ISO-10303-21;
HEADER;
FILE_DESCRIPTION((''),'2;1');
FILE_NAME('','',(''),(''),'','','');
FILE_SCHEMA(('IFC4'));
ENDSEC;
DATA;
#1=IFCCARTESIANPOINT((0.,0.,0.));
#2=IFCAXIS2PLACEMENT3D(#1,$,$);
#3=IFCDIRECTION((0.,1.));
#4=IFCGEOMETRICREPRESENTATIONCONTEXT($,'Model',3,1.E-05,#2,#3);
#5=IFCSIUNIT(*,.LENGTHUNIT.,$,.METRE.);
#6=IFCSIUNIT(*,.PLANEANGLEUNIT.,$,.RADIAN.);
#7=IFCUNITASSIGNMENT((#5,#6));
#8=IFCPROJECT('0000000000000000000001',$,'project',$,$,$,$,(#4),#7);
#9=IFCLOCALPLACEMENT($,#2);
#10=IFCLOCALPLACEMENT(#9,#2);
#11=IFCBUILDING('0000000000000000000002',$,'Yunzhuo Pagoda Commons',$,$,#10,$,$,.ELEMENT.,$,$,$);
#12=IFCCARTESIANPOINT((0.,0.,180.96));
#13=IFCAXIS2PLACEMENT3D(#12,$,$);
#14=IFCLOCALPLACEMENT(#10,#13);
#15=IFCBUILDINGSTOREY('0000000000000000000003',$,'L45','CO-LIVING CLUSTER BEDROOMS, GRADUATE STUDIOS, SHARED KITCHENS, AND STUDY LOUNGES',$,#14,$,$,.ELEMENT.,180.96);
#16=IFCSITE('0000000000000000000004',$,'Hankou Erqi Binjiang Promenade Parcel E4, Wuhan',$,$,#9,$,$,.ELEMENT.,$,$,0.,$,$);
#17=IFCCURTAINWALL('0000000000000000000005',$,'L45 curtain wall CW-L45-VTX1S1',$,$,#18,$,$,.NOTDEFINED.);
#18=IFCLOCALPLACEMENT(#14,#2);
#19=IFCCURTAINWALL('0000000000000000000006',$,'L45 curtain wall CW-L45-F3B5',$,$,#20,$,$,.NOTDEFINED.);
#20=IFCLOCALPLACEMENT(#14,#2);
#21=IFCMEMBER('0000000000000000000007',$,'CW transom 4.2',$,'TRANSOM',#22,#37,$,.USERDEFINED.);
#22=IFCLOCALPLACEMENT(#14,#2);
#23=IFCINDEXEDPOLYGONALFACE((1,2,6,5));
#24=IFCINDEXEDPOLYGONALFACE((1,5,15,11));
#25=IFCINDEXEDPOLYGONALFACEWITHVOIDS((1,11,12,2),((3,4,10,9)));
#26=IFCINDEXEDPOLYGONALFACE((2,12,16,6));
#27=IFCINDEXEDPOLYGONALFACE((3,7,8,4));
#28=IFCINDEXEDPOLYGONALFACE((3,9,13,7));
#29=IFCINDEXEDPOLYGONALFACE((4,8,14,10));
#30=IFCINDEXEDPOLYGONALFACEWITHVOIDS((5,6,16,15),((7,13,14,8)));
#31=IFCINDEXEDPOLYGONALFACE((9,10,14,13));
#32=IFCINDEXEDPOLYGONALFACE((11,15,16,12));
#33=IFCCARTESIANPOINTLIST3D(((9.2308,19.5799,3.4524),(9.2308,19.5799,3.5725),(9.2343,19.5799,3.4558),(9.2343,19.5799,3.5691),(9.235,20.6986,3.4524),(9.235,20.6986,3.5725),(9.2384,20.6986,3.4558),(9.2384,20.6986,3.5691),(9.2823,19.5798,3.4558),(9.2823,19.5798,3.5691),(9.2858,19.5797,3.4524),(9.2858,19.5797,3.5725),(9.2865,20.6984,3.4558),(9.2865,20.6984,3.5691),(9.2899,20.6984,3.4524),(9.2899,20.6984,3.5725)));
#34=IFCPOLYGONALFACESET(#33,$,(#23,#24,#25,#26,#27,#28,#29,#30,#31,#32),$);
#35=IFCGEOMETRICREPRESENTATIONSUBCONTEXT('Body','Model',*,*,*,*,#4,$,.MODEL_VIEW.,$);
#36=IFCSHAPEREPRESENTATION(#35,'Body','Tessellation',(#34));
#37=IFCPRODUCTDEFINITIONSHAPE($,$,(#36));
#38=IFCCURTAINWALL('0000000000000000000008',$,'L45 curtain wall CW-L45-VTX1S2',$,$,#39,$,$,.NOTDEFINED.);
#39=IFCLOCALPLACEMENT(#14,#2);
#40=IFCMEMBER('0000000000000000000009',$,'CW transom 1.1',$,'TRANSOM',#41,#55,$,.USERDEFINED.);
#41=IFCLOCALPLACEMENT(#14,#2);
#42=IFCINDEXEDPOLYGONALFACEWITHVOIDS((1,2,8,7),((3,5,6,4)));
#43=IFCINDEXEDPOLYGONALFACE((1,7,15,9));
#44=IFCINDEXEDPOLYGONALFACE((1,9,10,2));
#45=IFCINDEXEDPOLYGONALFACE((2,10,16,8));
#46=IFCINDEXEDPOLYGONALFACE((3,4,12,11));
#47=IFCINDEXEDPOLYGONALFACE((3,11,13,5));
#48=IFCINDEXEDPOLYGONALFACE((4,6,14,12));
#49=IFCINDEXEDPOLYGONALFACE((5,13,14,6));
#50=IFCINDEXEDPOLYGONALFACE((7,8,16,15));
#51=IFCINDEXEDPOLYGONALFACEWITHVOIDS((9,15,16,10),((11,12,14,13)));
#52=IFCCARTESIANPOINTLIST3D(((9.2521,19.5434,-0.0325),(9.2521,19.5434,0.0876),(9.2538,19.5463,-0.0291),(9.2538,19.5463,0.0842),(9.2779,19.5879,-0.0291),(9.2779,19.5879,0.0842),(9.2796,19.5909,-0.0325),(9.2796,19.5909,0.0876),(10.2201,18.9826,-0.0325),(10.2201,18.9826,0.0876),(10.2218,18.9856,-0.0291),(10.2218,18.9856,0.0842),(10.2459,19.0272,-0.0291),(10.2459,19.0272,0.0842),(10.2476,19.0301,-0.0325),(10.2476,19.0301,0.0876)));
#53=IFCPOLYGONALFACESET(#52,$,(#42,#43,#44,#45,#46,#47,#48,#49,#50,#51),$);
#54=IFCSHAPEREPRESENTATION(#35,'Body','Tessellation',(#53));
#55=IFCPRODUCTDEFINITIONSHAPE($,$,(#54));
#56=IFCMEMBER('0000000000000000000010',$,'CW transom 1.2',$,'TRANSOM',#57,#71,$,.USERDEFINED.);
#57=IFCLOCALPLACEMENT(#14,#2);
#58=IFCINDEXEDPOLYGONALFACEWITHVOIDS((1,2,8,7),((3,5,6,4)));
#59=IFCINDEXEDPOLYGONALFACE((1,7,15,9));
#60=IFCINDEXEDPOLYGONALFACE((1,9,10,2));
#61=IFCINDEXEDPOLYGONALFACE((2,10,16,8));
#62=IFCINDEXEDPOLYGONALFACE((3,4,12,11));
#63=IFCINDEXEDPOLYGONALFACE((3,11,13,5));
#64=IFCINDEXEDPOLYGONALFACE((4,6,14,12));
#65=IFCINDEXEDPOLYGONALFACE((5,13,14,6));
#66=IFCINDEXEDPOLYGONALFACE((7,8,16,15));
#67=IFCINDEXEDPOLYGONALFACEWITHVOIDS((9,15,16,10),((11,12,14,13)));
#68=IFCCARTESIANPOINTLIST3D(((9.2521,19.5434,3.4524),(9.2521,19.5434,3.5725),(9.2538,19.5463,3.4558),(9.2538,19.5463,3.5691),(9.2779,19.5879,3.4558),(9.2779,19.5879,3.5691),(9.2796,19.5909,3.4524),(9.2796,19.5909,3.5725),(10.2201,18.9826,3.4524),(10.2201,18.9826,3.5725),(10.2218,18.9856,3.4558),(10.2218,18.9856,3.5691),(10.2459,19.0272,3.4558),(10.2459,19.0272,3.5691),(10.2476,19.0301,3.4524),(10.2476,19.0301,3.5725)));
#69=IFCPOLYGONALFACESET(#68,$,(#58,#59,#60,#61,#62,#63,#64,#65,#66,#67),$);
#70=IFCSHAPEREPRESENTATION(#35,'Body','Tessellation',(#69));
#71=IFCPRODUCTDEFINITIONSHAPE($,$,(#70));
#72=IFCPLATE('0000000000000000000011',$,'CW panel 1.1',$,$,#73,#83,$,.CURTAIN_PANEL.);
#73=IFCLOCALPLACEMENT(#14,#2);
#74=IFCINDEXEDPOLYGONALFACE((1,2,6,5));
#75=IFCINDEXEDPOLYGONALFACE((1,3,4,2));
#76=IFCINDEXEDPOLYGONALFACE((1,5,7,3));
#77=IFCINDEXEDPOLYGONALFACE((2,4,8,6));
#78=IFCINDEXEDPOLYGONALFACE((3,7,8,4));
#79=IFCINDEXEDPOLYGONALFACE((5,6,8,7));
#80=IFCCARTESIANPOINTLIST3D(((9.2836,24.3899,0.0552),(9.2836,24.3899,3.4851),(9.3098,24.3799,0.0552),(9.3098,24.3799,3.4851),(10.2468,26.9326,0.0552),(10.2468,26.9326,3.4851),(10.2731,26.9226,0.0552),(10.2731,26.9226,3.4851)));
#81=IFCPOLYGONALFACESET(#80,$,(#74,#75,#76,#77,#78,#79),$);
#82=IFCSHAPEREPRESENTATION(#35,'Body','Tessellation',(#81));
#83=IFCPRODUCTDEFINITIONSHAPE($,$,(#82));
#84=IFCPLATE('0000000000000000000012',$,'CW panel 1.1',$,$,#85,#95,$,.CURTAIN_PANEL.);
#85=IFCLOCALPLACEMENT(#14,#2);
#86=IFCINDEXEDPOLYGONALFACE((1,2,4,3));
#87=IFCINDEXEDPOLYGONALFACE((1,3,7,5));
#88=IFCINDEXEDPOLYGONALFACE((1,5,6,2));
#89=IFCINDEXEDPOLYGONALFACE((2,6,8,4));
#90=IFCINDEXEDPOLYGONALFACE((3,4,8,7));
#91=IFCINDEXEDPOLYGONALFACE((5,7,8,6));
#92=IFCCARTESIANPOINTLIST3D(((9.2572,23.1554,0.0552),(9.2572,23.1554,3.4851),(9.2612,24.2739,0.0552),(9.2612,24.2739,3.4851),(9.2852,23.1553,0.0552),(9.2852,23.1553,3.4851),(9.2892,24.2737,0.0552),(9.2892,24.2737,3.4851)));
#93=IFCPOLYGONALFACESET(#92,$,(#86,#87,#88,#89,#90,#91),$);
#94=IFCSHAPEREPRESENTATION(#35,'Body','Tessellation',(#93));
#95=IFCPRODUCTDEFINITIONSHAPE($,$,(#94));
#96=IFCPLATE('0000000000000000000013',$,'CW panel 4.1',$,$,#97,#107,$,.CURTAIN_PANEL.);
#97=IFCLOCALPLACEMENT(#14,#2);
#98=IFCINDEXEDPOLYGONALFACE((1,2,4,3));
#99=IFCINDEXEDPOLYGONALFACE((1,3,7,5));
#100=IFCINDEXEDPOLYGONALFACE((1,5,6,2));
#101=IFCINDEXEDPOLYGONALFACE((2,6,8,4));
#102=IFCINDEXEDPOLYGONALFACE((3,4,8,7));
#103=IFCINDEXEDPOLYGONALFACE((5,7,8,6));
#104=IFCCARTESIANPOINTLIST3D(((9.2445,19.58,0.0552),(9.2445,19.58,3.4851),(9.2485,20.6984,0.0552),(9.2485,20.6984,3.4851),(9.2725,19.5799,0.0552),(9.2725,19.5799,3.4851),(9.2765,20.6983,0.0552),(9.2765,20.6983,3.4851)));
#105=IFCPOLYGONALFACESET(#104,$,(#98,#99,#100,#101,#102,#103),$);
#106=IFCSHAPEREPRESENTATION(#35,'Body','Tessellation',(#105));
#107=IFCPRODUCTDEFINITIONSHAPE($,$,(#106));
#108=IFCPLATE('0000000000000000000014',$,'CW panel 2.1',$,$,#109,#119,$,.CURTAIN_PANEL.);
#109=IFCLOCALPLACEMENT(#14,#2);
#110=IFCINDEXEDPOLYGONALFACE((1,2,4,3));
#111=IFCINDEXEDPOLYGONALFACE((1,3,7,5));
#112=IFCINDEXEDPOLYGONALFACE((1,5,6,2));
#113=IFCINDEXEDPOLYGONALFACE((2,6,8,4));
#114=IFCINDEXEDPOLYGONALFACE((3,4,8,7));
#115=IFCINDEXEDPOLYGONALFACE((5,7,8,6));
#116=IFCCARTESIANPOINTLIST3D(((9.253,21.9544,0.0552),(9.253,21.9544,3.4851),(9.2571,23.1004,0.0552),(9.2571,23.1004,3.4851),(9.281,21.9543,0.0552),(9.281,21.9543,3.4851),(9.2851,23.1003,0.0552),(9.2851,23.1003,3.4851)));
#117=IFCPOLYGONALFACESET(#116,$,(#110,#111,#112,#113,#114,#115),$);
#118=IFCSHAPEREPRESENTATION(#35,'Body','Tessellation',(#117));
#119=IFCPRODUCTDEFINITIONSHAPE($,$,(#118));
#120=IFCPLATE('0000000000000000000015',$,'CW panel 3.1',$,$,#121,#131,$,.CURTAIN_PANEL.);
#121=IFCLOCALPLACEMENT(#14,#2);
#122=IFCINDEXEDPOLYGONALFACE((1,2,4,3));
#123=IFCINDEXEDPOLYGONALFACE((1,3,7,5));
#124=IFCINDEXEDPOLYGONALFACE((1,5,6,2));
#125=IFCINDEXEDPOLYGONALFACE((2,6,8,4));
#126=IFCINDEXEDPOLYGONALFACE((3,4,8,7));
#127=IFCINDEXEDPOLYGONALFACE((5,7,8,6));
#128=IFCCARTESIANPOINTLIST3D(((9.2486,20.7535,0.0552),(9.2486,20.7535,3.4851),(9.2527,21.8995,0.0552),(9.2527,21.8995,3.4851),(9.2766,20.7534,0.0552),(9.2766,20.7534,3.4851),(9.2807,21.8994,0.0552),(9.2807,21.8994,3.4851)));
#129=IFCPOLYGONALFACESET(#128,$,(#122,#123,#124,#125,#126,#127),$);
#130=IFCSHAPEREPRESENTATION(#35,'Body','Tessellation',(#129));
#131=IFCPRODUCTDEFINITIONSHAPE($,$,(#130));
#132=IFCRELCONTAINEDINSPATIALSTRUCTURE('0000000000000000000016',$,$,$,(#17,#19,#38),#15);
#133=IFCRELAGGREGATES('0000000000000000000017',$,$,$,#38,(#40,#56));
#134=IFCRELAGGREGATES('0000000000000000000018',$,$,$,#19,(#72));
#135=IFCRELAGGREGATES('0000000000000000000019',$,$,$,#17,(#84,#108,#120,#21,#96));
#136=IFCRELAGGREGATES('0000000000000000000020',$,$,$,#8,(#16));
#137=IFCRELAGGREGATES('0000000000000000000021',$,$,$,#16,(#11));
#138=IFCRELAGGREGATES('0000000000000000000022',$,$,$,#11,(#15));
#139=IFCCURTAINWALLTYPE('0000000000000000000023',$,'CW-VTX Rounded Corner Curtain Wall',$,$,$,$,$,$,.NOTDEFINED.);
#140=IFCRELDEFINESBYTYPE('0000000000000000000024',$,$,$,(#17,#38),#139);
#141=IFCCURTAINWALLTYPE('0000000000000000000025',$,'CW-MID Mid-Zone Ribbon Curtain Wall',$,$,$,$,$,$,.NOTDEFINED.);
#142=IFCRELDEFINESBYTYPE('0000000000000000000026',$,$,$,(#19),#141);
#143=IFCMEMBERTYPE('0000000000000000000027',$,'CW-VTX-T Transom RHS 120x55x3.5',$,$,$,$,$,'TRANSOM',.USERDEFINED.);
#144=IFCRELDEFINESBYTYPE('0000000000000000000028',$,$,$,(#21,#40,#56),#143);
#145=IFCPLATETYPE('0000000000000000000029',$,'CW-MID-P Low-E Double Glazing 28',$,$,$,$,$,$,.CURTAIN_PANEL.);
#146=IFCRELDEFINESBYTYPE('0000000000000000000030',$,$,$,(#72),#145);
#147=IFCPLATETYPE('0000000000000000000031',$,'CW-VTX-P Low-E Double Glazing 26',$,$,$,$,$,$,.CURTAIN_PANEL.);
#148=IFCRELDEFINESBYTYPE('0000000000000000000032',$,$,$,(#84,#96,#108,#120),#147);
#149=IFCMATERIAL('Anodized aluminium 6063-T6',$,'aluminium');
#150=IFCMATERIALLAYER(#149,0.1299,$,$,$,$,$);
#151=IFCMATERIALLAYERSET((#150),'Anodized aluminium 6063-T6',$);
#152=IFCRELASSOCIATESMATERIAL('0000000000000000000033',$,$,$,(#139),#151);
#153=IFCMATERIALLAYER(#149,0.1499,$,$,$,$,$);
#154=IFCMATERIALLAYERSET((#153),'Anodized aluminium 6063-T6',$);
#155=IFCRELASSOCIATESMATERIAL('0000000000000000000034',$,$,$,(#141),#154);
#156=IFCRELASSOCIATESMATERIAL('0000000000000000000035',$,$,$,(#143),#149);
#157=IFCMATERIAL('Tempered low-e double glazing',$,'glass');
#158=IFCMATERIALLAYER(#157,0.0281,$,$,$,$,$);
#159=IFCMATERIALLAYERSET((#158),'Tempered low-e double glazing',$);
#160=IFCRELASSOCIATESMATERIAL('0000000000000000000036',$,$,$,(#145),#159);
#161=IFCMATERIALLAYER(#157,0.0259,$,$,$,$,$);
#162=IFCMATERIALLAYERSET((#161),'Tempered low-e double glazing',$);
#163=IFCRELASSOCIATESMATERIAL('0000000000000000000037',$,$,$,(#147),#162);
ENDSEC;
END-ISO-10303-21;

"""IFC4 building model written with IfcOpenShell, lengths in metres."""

from ifc_helpers import new_model, si_unit, direction, frame, origin, origin_2d, place, context, subcontext, project, spatial, rectangle, hollow_rectangle, extrude, source, transform, mapped, material, layer, layer_set, material_profile, profile_set, type_object, element, aggregate, save


model = new_model("IFC4")

# Units and contexts
model_context = context("Model", 3, precision=1e-05, world=origin(), true_north=direction((0.0, 1.0)))
body_context = subcontext(model_context, "Body", "Model", "MODEL_VIEW")
ifc_project = project(units=[si_unit("LENGTHUNIT", "METRE"), si_unit("PLANEANGLEUNIT", "RADIAN")], contexts=[model_context])

# Site, building, storey
site_placement = place(None, origin())
site = spatial("IfcSite", under=ifc_project, at=site_placement, Name="Hankou Erqi Binjiang Promenade Parcel E4, Wuhan", CompositionType="ELEMENT", RefElevation=0.0)
building_placement = place(site_placement, origin())
building = spatial("IfcBuilding", under=site, at=building_placement, Name="Yunzhuo Pagoda Commons", CompositionType="ELEMENT")
storey_placement = place(building_placement, frame((0.0, 0.0, 180.96)))
storey = spatial("IfcBuildingStorey", under=building, at=storey_placement, Name="L45", Description="CO-LIVING CLUSTER BEDROOMS, GRADUATE STUDIOS, SHARED KITCHENS, AND STUDY LOUNGES", CompositionType="ELEMENT", Elevation=180.96)

# Curtain wall
ifc_material_1 = material(Name="Anodized aluminium 6063-T6", Category="aluminium")
ifc_layer_1 = layer(ifc_material_1, 0.1299)
ifc_layer_set_1 = layer_set([ifc_layer_1], Name="Anodized aluminium 6063-T6")
curtain_wall_type_1 = type_object("IfcCurtainWallType", Name="CW-VTX Rounded Corner Curtain Wall", PredefinedType="NOTDEFINED", material=ifc_layer_set_1)
curtain_wall_1_placement = place(storey_placement, origin())
curtain_wall_1 = element("IfcCurtainWall", 1, at=curtain_wall_1_placement, inside=storey, type_object=curtain_wall_type_1, Name="L45 curtain wall CW-L45-VTX1S1", PredefinedType="NOTDEFINED")

# Shared definitions
ifc_layer_2 = layer(ifc_material_1, 0.1499)
ifc_layer_set_2 = layer_set([ifc_layer_2], Name="Anodized aluminium 6063-T6")
curtain_wall_type_2 = type_object("IfcCurtainWallType", Name="CW-MID Mid-Zone Ribbon Curtain Wall", PredefinedType="NOTDEFINED", material=ifc_layer_set_2)

# Curtain wall
curtain_wall_2_placement = place(storey_placement, origin())
curtain_wall_2 = element("IfcCurtainWall", 2, at=curtain_wall_2_placement, inside=storey, type_object=curtain_wall_type_2, Name="L45 curtain wall CW-L45-F3B5", PredefinedType="NOTDEFINED")

# Member
ifc_material_profile_1 = material_profile(ifc_material_1, hollow_rectangle(XDim=0.0549, YDim=0.1201, WallThickness=0.0034, at=origin_2d()), Name="Anodized aluminium 6063-T6")
ifc_profile_set_1 = profile_set([ifc_material_profile_1], Name="Anodized aluminium 6063-T6")
member_type_1 = type_object("IfcMemberType", Name="CW-VTX-T Transom RHS 120x55x3.5", ElementType="TRANSOM", PredefinedType="USERDEFINED", material=ifc_profile_set_1)
shared_shape_1 = source(origin(), body_context, "Body", "SweptSolid", [
    extrude(hollow_rectangle(XDim=0.0549, YDim=0.1201, WallThickness=0.0034, at=origin_2d()), origin(), (0.0, 0.0, 1.0), 1.1187),
])
member_1_placement = place(storey_placement, frame((9.2625, 20.6985, 3.5125), z_axis=(-0.00371, -0.999993, 0.0), x_axis=(0.999993, -0.00371, 0.0)))
member_1 = element("IfcMember", 3, at=member_1_placement, type_object=member_type_1, Name="CW transom 4.2", ObjectType="TRANSOM", PredefinedType="USERDEFINED", context=body_context, shape_type="MappedRepresentation", body=[
    mapped(shared_shape_1, transform((0.0, 0.0, 0.0), scale=1.0)),
])

# Curtain wall, members
curtain_wall_3_placement = place(storey_placement, origin())
curtain_wall_3 = element("IfcCurtainWall", 4, at=curtain_wall_3_placement, inside=storey, type_object=curtain_wall_type_1, Name="L45 curtain wall CW-L45-VTX1S2", PredefinedType="NOTDEFINED")
member_2_placement = place(storey_placement, frame((9.2659, 19.5671, 0.0276), z_axis=(0.865287, -0.501277, 0.0), x_axis=(0.501277, 0.865287, 0.0)))
member_2 = element("IfcMember", 5, at=member_2_placement, type_object=member_type_1, Name="CW transom 1.1", ObjectType="TRANSOM", PredefinedType="USERDEFINED", context=body_context, shape_type="MappedRepresentation", body=[
    mapped(shared_shape_1, transform((0.0, 0.0, 0.0), scale=1.0)),
])
member_3_placement = place(storey_placement, frame((9.2659, 19.5671, 3.5125), z_axis=(0.865287, -0.501277, 0.0), x_axis=(0.501277, 0.865287, 0.0)))
member_3 = element("IfcMember", 6, at=member_3_placement, type_object=member_type_1, Name="CW transom 1.2", ObjectType="TRANSOM", PredefinedType="USERDEFINED", context=body_context, shape_type="MappedRepresentation", body=[
    mapped(shared_shape_1, transform((0.0, 0.0, 0.0), scale=1.0)),
])
aggregate(curtain_wall_3, [member_2, member_3])

# Plates
ifc_material_2 = material(Name="Tempered low-e double glazing", Category="glass")
ifc_layer_3 = layer(ifc_material_2, 0.0281)
ifc_layer_set_3 = layer_set([ifc_layer_3], Name="Tempered low-e double glazing")
plate_type_1 = type_object("IfcPlateType", Name="CW-MID-P Low-E Double Glazing 28", PredefinedType="CURTAIN_PANEL", material=ifc_layer_set_3)
shared_shape_2 = source(origin(), body_context, "Body", "SweptSolid", [
    extrude(rectangle(XDim=2.719, YDim=0.0281, at=origin_2d()), origin(), (0.0, 0.0, 1.0), 3.4299),
])
plate_1_placement = place(storey_placement, frame((9.7783, 25.6562, 0.0552), z_axis=(0.0, 0.0, 1.0), x_axis=(-0.354256, -0.935148, 0.0)))
plate_1 = element("IfcPlate", 7, at=plate_1_placement, type_object=plate_type_1, Name="CW panel 1.1", PredefinedType="CURTAIN_PANEL", context=body_context, shape_type="MappedRepresentation", body=[
    mapped(shared_shape_2, transform((0.0, 0.0, 0.0), scale=1.0)),
])
aggregate(curtain_wall_2, [plate_1])
ifc_layer_4 = layer(ifc_material_2, 0.0259)
ifc_layer_set_4 = layer_set([ifc_layer_4], Name="Tempered low-e double glazing")
plate_type_2 = type_object("IfcPlateType", Name="CW-VTX-P Low-E Double Glazing 26", PredefinedType="CURTAIN_PANEL", material=ifc_layer_set_4)
shared_shape_3 = source(origin(), body_context, "Body", "SweptSolid", [
    extrude(rectangle(XDim=1.1184, YDim=0.0281, at=origin_2d()), origin(), (0.0, 0.0, 1.0), 3.4299),
])
plate_2_placement = place(storey_placement, frame((9.2732, 23.7146, 0.0552), z_axis=(0.0, 0.0, 1.0), x_axis=(-0.00358, -0.999994, 0.0)))
plate_2 = element("IfcPlate", 8, at=plate_2_placement, type_object=plate_type_2, Name="CW panel 1.1", PredefinedType="CURTAIN_PANEL", context=body_context, shape_type="MappedRepresentation", body=[
    mapped(shared_shape_3, transform((0.0, 0.0, 0.0), scale=1.0)),
])
plate_3_placement = place(storey_placement, frame((9.2605, 20.1392, 0.0552), z_axis=(0.0, 0.0, 1.0), x_axis=(-0.00358, -0.999994, 0.0)))
plate_3 = element("IfcPlate", 9, at=plate_3_placement, type_object=plate_type_2, Name="CW panel 4.1", PredefinedType="CURTAIN_PANEL", context=body_context, shape_type="MappedRepresentation", body=[
    mapped(shared_shape_3, transform((0.0, 0.0, 0.0), scale=1.0)),
])
shared_shape_4 = source(origin(), body_context, "Body", "SweptSolid", [
    extrude(rectangle(XDim=1.146, YDim=0.0281, at=origin_2d()), origin(), (0.0, 0.0, 1.0), 3.4299),
])
plate_4_placement = place(storey_placement, frame((9.269, 22.5273, 0.0552), z_axis=(0.0, 0.0, 1.0), x_axis=(-0.00358, -0.999994, 0.0)))
plate_4 = element("IfcPlate", 10, at=plate_4_placement, type_object=plate_type_2, Name="CW panel 2.1", PredefinedType="CURTAIN_PANEL", context=body_context, shape_type="MappedRepresentation", body=[
    mapped(shared_shape_4, transform((0.0, 0.0, 0.0), scale=1.0)),
])
plate_5_placement = place(storey_placement, frame((9.2646, 21.3264, 0.0552), z_axis=(0.0, 0.0, 1.0), x_axis=(-0.00358, -0.999994, 0.0)))
plate_5 = element("IfcPlate", 11, at=plate_5_placement, type_object=plate_type_2, Name="CW panel 3.1", PredefinedType="CURTAIN_PANEL", context=body_context, shape_type="MappedRepresentation", body=[
    mapped(shared_shape_4, transform((0.0, 0.0, 0.0), scale=1.0)),
])
aggregate(curtain_wall_1, [plate_2, plate_4, plate_5, member_1, plate_3])

save(model, "model.ifc")
